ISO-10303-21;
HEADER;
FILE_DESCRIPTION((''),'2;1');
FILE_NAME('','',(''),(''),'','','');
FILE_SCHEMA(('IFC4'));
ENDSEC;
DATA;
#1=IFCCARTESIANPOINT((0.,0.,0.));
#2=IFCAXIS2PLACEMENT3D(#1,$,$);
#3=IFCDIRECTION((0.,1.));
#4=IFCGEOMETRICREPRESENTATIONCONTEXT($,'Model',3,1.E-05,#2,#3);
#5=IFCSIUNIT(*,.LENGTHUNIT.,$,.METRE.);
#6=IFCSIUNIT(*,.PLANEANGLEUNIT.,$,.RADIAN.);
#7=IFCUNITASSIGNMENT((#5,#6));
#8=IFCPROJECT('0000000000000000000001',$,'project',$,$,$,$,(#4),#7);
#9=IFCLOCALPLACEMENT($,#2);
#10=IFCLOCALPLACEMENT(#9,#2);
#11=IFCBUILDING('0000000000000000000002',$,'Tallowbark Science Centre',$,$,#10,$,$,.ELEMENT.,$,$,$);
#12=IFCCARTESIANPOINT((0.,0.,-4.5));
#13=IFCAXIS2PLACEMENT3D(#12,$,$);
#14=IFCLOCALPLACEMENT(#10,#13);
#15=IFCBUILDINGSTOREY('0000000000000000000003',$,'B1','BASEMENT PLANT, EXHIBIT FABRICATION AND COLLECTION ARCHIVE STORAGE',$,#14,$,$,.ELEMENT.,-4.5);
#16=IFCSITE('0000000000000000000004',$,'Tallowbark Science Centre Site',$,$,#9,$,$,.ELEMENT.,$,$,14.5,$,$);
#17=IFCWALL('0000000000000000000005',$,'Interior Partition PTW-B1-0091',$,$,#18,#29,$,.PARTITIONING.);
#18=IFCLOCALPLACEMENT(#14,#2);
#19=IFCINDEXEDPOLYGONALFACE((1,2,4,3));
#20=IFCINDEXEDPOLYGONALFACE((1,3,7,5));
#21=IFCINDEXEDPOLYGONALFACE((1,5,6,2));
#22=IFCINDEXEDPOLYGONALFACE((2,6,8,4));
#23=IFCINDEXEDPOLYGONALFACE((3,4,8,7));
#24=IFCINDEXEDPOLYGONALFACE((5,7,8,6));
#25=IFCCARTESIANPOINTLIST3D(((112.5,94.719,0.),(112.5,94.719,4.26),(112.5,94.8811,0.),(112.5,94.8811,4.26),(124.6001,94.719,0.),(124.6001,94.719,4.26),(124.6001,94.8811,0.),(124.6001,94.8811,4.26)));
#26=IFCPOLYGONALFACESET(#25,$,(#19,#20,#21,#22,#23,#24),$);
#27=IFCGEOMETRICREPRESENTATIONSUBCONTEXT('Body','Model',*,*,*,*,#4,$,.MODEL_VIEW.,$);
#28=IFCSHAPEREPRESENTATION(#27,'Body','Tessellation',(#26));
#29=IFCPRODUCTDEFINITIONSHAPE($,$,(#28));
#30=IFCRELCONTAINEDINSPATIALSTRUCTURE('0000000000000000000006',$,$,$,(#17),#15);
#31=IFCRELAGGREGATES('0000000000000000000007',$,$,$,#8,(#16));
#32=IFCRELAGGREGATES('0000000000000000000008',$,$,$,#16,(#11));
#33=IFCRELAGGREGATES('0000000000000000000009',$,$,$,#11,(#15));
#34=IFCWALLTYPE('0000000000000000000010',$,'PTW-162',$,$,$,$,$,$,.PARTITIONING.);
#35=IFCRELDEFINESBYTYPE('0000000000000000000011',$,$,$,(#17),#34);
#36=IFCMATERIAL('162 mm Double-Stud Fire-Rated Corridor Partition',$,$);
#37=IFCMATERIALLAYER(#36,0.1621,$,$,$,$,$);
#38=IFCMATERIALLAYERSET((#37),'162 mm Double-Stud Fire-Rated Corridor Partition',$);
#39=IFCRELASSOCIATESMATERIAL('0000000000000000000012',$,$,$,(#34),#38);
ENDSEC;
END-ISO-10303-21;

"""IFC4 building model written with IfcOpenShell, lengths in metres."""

from ifc_helpers import new_model, si_unit, direction, frame, frame_2d, origin, place, context, subcontext, project, spatial, rectangle, extrude, material, layer, layer_set, type_object, element, save


model = new_model("IFC4")

# Units and contexts
model_context = context("Model", 3, precision=1e-05, world=origin(), true_north=direction((0.0, 1.0)))
body_context = subcontext(model_context, "Body", "Model", "MODEL_VIEW")
ifc_project = project(units=[si_unit("LENGTHUNIT", "METRE"), si_unit("PLANEANGLEUNIT", "RADIAN")], contexts=[model_context])

# Site, building, storey
site_placement = place(None, origin())
site = spatial("IfcSite", under=ifc_project, at=site_placement, Name="Tallowbark Science Centre Site", CompositionType="ELEMENT", RefElevation=14.5)
building_placement = place(site_placement, origin())
building = spatial("IfcBuilding", under=site, at=building_placement, Name="Tallowbark Science Centre", CompositionType="ELEMENT")
storey_placement = place(building_placement, frame((0.0, 0.0, -4.5)))
storey = spatial("IfcBuildingStorey", under=building, at=storey_placement, Name="B1", Description="BASEMENT PLANT, EXHIBIT FABRICATION AND COLLECTION ARCHIVE STORAGE", CompositionType="ELEMENT", Elevation=-4.5)

# Shared definitions
ifc_material_1 = material(Name="162 mm Double-Stud Fire-Rated Corridor Partition")
ifc_layer = layer(ifc_material_1, 0.1621)
ifc_layer_set = layer_set([ifc_layer], Name="162 mm Double-Stud Fire-Rated Corridor Partition")
wall_type = type_object("IfcWallType", Name="PTW-162", PredefinedType="PARTITIONING", material=ifc_layer_set)

# Wall
wall_1_placement = place(storey_placement, frame((112.5, 94.8, 0.0), z_axis=(0.0, 0.0, 1.0), x_axis=(1.0, 0.0, 0.0)))
element("IfcWall", 1, at=wall_1_placement, inside=storey, type_object=wall_type, Name="Interior Partition PTW-B1-0091", PredefinedType="PARTITIONING", context=body_context, shape_type="SweptSolid", body=[
    extrude(rectangle(XDim=12.1001, YDim=0.1621, at=frame_2d((6.05, 0.0))), origin(), (0.0, 0.0, 1.0), 4.26),
])

save(model, "model.ifc")
